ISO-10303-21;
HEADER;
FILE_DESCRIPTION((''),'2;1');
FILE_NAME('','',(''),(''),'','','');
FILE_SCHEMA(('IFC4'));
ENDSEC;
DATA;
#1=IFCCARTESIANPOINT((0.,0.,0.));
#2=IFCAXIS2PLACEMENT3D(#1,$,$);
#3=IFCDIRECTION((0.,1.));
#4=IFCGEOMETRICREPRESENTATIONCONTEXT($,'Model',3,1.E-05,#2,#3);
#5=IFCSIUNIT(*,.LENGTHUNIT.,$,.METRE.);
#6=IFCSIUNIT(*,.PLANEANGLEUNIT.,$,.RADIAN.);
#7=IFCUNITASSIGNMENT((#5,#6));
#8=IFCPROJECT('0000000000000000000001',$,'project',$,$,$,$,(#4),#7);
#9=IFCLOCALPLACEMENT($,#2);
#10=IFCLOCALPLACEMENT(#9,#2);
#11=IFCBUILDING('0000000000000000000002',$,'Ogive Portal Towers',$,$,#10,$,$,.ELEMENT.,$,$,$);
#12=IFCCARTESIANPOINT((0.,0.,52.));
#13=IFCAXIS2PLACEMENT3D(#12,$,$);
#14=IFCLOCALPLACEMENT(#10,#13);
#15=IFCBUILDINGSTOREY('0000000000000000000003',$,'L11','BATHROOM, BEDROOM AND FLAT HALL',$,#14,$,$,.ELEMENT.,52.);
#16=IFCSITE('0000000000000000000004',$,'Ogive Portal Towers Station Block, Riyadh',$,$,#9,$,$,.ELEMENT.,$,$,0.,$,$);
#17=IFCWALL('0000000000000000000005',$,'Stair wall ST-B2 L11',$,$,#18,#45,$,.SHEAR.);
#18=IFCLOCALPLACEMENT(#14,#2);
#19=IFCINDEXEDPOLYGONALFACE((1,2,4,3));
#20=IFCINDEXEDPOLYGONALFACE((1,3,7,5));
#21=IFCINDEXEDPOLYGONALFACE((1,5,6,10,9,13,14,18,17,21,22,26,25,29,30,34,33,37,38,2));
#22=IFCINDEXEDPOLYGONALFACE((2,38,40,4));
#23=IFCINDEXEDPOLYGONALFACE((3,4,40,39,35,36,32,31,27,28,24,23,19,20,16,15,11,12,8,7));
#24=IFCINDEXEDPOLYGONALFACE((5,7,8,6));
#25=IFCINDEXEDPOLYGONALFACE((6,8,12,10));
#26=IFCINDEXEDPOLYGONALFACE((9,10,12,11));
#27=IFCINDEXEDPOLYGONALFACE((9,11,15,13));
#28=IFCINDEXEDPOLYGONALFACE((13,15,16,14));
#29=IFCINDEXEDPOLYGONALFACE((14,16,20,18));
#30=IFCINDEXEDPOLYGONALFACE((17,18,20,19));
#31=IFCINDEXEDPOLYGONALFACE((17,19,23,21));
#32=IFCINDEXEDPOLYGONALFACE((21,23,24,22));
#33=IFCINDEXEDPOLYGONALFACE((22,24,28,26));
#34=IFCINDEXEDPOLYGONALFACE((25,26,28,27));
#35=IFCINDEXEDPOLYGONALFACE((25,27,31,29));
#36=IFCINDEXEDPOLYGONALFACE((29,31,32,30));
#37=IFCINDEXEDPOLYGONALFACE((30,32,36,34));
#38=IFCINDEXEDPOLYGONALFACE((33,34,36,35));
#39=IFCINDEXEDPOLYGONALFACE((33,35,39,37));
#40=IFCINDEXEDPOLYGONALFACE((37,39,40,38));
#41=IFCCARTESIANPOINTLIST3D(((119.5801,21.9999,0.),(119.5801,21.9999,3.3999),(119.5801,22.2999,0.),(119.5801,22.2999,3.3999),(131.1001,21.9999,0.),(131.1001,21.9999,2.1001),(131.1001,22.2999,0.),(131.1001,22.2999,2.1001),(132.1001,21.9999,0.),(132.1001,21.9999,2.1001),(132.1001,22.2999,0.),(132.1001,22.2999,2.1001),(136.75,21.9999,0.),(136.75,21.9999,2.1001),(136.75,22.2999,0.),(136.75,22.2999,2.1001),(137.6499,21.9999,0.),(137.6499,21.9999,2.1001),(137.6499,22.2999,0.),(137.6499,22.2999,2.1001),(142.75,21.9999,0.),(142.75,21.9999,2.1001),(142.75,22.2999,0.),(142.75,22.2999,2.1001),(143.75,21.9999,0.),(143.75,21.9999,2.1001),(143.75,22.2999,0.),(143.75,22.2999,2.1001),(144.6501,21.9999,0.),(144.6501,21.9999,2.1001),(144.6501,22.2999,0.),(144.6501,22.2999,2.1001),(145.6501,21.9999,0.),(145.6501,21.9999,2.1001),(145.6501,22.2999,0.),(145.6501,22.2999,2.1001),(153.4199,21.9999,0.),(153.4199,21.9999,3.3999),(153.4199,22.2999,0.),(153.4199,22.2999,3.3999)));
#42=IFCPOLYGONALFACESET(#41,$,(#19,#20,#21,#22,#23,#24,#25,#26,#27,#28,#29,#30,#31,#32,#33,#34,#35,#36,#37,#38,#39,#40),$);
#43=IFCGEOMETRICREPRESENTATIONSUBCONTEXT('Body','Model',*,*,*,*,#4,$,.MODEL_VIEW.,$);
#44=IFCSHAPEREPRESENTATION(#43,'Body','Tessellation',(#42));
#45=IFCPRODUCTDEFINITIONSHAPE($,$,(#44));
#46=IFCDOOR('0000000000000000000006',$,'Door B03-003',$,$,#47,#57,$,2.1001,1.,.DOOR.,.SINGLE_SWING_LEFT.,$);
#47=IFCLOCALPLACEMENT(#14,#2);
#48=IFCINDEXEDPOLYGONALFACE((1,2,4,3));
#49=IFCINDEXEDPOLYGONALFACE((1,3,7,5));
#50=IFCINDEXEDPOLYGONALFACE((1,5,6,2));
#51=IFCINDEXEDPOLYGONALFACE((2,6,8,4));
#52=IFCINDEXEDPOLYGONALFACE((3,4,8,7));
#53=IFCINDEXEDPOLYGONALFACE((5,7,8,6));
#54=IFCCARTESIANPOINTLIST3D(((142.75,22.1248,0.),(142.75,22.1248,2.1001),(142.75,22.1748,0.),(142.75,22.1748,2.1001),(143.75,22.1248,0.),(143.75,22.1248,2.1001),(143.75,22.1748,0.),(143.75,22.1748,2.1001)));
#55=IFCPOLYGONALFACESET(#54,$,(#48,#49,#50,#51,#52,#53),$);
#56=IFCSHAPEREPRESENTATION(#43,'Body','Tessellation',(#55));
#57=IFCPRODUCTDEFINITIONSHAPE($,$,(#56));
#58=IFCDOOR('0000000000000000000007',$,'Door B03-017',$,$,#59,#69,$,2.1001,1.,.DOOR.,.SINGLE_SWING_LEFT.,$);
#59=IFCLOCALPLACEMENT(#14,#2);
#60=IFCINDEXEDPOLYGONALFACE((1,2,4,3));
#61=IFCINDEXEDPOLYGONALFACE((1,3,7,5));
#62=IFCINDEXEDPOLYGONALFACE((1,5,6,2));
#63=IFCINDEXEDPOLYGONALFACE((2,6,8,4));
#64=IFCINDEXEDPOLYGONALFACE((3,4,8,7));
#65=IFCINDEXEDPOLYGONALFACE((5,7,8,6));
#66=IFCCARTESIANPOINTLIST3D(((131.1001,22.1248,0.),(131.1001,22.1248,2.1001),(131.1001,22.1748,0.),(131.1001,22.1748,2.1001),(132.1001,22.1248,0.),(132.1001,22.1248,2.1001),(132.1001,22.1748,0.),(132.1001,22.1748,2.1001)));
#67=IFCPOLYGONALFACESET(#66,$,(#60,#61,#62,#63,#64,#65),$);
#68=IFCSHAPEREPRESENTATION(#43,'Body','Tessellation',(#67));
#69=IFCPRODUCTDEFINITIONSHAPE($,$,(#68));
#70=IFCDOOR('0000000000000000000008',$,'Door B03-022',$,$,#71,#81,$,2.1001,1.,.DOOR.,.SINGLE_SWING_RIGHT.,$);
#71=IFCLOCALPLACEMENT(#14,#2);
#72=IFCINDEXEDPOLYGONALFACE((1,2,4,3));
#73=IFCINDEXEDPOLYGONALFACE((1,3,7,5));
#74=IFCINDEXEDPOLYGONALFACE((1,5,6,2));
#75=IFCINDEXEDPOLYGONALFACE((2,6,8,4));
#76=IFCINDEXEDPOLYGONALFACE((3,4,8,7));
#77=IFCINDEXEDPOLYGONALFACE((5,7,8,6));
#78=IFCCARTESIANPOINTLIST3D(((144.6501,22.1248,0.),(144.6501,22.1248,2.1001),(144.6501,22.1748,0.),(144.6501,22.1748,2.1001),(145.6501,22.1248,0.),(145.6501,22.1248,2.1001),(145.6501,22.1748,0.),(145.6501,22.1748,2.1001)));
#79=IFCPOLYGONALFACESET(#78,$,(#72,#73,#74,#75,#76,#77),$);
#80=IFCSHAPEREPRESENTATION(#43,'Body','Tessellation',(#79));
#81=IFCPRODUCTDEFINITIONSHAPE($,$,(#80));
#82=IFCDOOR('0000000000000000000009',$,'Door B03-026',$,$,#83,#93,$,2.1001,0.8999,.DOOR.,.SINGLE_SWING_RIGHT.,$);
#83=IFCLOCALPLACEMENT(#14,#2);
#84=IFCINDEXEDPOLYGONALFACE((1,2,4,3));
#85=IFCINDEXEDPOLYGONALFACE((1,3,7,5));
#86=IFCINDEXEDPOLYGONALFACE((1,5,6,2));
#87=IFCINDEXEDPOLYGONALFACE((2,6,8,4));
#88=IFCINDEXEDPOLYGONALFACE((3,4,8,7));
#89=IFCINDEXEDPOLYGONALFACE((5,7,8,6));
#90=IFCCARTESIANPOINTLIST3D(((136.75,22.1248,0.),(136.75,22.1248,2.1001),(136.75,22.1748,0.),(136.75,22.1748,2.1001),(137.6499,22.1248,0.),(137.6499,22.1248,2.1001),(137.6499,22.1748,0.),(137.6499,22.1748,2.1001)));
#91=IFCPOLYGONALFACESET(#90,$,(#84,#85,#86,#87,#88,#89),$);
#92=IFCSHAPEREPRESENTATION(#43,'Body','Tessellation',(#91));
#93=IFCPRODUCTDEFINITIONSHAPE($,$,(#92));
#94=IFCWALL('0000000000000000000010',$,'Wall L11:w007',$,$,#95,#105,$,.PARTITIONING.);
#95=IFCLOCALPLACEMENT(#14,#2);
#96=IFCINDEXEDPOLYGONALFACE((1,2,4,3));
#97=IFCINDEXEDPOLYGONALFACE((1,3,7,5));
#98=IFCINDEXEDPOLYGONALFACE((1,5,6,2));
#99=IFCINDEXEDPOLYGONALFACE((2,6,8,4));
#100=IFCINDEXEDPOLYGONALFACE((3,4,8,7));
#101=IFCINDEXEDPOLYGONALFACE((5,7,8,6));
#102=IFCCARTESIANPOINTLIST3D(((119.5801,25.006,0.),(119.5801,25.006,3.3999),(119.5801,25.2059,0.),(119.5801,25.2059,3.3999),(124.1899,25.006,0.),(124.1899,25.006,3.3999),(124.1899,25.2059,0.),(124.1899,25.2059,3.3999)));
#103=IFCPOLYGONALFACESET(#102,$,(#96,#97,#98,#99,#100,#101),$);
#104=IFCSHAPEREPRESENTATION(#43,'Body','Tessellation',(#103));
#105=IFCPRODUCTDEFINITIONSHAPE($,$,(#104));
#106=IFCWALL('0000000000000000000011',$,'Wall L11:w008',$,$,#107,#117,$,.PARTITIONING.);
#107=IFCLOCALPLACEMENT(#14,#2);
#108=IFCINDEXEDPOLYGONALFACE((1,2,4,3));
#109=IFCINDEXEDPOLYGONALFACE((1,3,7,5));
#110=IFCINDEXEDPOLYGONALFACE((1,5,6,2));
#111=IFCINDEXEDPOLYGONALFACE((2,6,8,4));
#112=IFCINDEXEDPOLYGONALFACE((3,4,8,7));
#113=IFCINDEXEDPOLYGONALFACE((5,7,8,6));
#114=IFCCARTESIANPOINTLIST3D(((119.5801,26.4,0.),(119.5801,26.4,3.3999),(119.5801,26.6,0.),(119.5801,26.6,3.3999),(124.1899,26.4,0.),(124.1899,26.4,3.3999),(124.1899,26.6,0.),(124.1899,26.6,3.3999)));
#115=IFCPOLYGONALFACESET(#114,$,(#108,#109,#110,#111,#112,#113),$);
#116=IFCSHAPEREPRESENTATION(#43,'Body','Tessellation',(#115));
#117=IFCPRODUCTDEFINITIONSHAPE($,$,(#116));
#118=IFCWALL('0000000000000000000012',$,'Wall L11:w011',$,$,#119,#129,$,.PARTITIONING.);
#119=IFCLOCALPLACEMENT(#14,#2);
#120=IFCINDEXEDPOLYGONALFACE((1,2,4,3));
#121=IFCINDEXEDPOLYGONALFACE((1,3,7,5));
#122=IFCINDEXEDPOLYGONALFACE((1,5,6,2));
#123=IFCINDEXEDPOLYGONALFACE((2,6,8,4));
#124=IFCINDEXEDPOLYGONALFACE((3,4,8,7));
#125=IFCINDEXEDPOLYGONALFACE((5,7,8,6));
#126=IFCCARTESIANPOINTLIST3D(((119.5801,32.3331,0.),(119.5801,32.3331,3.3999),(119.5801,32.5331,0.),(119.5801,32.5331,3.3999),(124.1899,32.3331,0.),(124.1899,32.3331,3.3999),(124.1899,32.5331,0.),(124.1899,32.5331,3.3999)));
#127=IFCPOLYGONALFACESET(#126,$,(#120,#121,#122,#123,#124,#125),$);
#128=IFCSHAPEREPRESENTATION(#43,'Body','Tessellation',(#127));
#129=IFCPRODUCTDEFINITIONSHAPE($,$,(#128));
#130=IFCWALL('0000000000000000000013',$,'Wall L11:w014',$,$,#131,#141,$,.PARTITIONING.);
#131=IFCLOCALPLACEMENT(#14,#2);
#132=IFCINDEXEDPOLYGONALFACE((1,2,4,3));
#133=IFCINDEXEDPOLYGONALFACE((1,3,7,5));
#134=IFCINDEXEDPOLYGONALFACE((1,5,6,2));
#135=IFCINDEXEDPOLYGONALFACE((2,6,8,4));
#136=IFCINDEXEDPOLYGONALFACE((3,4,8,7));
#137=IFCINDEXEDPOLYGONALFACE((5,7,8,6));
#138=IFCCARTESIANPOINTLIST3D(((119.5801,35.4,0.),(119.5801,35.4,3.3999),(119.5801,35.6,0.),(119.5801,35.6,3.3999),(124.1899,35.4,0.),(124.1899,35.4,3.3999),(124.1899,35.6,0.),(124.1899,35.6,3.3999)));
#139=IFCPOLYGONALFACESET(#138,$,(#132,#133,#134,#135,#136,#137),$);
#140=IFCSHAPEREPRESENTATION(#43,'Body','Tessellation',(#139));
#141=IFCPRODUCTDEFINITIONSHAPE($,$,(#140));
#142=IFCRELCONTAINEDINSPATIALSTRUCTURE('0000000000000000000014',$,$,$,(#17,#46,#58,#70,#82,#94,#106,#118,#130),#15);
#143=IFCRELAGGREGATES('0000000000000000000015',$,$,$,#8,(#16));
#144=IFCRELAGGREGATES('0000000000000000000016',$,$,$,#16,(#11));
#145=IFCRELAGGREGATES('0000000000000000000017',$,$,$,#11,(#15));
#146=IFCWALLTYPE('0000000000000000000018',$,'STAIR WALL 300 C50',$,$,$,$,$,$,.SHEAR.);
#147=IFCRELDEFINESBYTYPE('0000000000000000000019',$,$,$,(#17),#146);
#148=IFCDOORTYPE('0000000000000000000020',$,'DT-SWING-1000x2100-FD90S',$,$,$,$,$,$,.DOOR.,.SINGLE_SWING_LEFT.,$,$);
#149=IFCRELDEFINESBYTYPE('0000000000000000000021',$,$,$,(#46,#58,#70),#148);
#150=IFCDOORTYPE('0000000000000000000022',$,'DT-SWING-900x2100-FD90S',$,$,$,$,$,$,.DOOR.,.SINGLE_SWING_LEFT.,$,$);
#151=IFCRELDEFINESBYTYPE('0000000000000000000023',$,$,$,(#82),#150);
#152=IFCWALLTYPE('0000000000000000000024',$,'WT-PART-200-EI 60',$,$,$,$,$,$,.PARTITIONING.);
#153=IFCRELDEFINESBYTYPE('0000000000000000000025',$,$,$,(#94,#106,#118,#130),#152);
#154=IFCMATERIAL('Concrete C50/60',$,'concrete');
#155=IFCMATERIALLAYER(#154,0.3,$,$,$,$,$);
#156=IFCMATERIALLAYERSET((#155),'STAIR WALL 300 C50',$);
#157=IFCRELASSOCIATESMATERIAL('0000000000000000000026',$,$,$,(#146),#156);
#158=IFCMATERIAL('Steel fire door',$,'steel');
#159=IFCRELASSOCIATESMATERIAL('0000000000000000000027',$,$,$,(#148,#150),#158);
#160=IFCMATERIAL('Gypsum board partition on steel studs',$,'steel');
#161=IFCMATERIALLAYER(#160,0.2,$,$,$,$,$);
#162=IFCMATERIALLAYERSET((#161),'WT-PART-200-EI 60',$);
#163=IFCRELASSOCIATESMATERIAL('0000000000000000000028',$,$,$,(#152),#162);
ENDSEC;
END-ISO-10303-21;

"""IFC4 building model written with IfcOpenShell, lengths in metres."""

from ifc_helpers import new_model, si_unit, direction, frame, frame_2d, origin, place, context, subcontext, project, spatial, rectangle, extrude, material, layer, layer_set, type_object, element, fill, save


model = new_model("IFC4")

# Units and contexts
model_context = context("Model", 3, precision=1e-05, world=origin(), true_north=direction((0.0, 1.0)))
body_context = subcontext(model_context, "Body", "Model", "MODEL_VIEW")
ifc_project = project(units=[si_unit("LENGTHUNIT", "METRE"), si_unit("PLANEANGLEUNIT", "RADIAN")], contexts=[model_context])

# Site, building, storey
site_placement = place(None, origin())
site = spatial("IfcSite", under=ifc_project, at=site_placement, Name="Ogive Portal Towers Station Block, Riyadh", CompositionType="ELEMENT", RefElevation=0.0)
building_placement = place(site_placement, origin())
building = spatial("IfcBuilding", under=site, at=building_placement, Name="Ogive Portal Towers", CompositionType="ELEMENT")
storey_placement = place(building_placement, frame((0.0, 0.0, 52.0)))
storey = spatial("IfcBuildingStorey", under=building, at=storey_placement, Name="L11", Description="BATHROOM, BEDROOM AND FLAT HALL", CompositionType="ELEMENT", Elevation=52.0)

# Wall, openings, doors
ifc_material_1 = material(Name="Concrete C50/60", Category="concrete")
ifc_layer_1 = layer(ifc_material_1, 0.3)
ifc_layer_set_1 = layer_set([ifc_layer_1], Name="STAIR WALL 300 C50")
wall_type_1 = type_object("IfcWallType", Name="STAIR WALL 300 C50", PredefinedType="SHEAR", material=ifc_layer_set_1)
wall_1_placement = place(storey_placement, frame((119.5801, 22.1499, 0.0), z_axis=(0.0, 0.0, 1.0), x_axis=(1.0, 0.0, 0.0)))
wall_1 = element("IfcWall", 1, at=wall_1_placement, inside=storey, type_object=wall_type_1, Name="Stair wall ST-B2 L11", PredefinedType="SHEAR", context=body_context, shape_type="SweptSolid", body=[
    extrude(rectangle(XDim=33.8398, YDim=0.3, at=frame_2d((16.9199, 0.0))), origin(), (0.0, 0.0, 1.0), 3.3999),
])
opening_1_placement = place(wall_1_placement, frame((23.1699, 0.0, 0.0)))
opening_1 = element("IfcOpeningElement", 2, at=opening_1_placement, cuts=wall_1, PredefinedType="OPENING", context=body_context, shape_type="SweptSolid", body=[
    extrude(rectangle(XDim=1.0, YDim=2.1001, at=frame_2d((0.5, 1.05))), frame((0.0, 0.1602, 0.0), z_axis=(0.0, -1.0, 0.0), x_axis=(1.0, 0.0, 0.0)), (0.0, 0.0, 1.0), 0.3201),
])
opening_2_placement = place(wall_1_placement, frame((11.52, 0.0, 0.0)))
opening_2 = element("IfcOpeningElement", 3, at=opening_2_placement, cuts=wall_1, PredefinedType="OPENING", context=body_context, shape_type="SweptSolid", body=[
    extrude(rectangle(XDim=1.0, YDim=2.1001, at=frame_2d((0.5, 1.05))), frame((0.0, 0.1602, 0.0), z_axis=(0.0, -1.0, 0.0), x_axis=(1.0, 0.0, 0.0)), (0.0, 0.0, 1.0), 0.3201),
])
opening_3_placement = place(wall_1_placement, frame((25.0701, 0.0, 0.0)))
opening_3 = element("IfcOpeningElement", 4, at=opening_3_placement, cuts=wall_1, PredefinedType="OPENING", context=body_context, shape_type="SweptSolid", body=[
    extrude(rectangle(XDim=1.0, YDim=2.1001, at=frame_2d((0.5, 1.05))), frame((0.0, 0.1602, 0.0), z_axis=(0.0, -1.0, 0.0), x_axis=(1.0, 0.0, 0.0)), (0.0, 0.0, 1.0), 0.3201),
])
opening_4_placement = place(wall_1_placement, frame((17.1699, 0.0, 0.0)))
opening_4 = element("IfcOpeningElement", 5, at=opening_4_placement, cuts=wall_1, PredefinedType="OPENING", context=body_context, shape_type="SweptSolid", body=[
    extrude(rectangle(XDim=0.8999, YDim=2.1001, at=frame_2d((0.45, 1.05))), frame((0.0, 0.1602, 0.0), z_axis=(0.0, -1.0, 0.0), x_axis=(1.0, 0.0, 0.0)), (0.0, 0.0, 1.0), 0.3201),
])
ifc_material_2 = material(Name="Steel fire door", Category="steel")
door_type_1 = type_object("IfcDoorType", Name="DT-SWING-1000x2100-FD90S", OperationType="SINGLE_SWING_LEFT", PredefinedType="DOOR", material=ifc_material_2)
door_1_placement = place(opening_1_placement, origin())
door_1 = element("IfcDoor", 6, at=door_1_placement, inside=storey, type_object=door_type_1, Name="Door B03-003", OperationType="SINGLE_SWING_LEFT", OverallHeight=2.1001, OverallWidth=1.0, PredefinedType="DOOR", context=body_context, shape_type="SweptSolid", body=[
    extrude(rectangle(XDim=1.0, YDim=2.1001, at=frame_2d((0.5, 1.05))), frame((0.0, 0.0249, 0.0), z_axis=(0.0, -1.0, 0.0), x_axis=(1.0, 0.0, 0.0)), (0.0, 0.0, 1.0), 0.05),
])
fill(opening_1, door_1)
door_2_placement = place(opening_2_placement, origin())
door_2 = element("IfcDoor", 7, at=door_2_placement, inside=storey, type_object=door_type_1, Name="Door B03-017", OperationType="SINGLE_SWING_LEFT", OverallHeight=2.1001, OverallWidth=1.0, PredefinedType="DOOR", context=body_context, shape_type="SweptSolid", body=[
    extrude(rectangle(XDim=1.0, YDim=2.1001, at=frame_2d((0.5, 1.05))), frame((0.0, 0.0249, 0.0), z_axis=(0.0, -1.0, 0.0), x_axis=(1.0, 0.0, 0.0)), (0.0, 0.0, 1.0), 0.05),
])
fill(opening_2, door_2)
door_3_placement = place(opening_3_placement, origin())
door_3 = element("IfcDoor", 8, at=door_3_placement, inside=storey, type_object=door_type_1, Name="Door B03-022", OperationType="SINGLE_SWING_RIGHT", OverallHeight=2.1001, OverallWidth=1.0, PredefinedType="DOOR", context=body_context, shape_type="SweptSolid", body=[
    extrude(rectangle(XDim=1.0, YDim=2.1001, at=frame_2d((0.5, 1.05))), frame((0.0, 0.0249, 0.0), z_axis=(0.0, -1.0, 0.0), x_axis=(1.0, 0.0, 0.0)), (0.0, 0.0, 1.0), 0.05),
])
fill(opening_3, door_3)
door_type_2 = type_object("IfcDoorType", Name="DT-SWING-900x2100-FD90S", OperationType="SINGLE_SWING_LEFT", PredefinedType="DOOR", material=ifc_material_2)
door_4_placement = place(opening_4_placement, origin())
door_4 = element("IfcDoor", 9, at=door_4_placement, inside=storey, type_object=door_type_2, Name="Door B03-026", OperationType="SINGLE_SWING_RIGHT", OverallHeight=2.1001, OverallWidth=0.8999, PredefinedType="DOOR", context=body_context, shape_type="SweptSolid", body=[
    extrude(rectangle(XDim=0.8999, YDim=2.1001, at=frame_2d((0.45, 1.05))), frame((0.0, 0.0249, 0.0), z_axis=(0.0, -1.0, 0.0), x_axis=(1.0, 0.0, 0.0)), (0.0, 0.0, 1.0), 0.05),
])
fill(opening_4, door_4)

# Walls
ifc_material_3 = material(Name="Gypsum board partition on steel studs", Category="steel")
ifc_layer_2 = layer(ifc_material_3, 0.2)
ifc_layer_set_2 = layer_set([ifc_layer_2], Name="WT-PART-200-EI 60")
wall_type_2 = type_object("IfcWallType", Name="WT-PART-200-EI 60", PredefinedType="PARTITIONING", material=ifc_layer_set_2)
for number, where, z_axis, x_axis, name in (
    (10, (119.5801, 25.106, 0.0), (0.0, 0.0, 1.0), (1.0, 0.0, 0.0), "Wall L11:w007"),
    (11, (119.5801, 26.5, 0.0), (0.0, 0.0, 1.0), (1.0, 0.0, 0.0), "Wall L11:w008"),
    (12, (119.5801, 32.4331, 0.0), (0.0, 0.0, 1.0), (1.0, 0.0, 0.0), "Wall L11:w011"),
    (13, (119.5801, 35.5, 0.0), (0.0, 0.0, 1.0), (1.0, 0.0, 0.0), "Wall L11:w014"),
):
    element("IfcWall", number, at=place(storey_placement, frame(where, z_axis=z_axis, x_axis=x_axis)), inside=storey, type_object=wall_type_2, Name=name, PredefinedType="PARTITIONING", context=body_context, shape_type="SweptSolid", body=[
        extrude(rectangle(XDim=4.6099, YDim=0.2, at=frame_2d((2.3049, 0.0))), origin(), (0.0, 0.0, 1.0), 3.3999),
    ])

save(model, "model.ifc")
